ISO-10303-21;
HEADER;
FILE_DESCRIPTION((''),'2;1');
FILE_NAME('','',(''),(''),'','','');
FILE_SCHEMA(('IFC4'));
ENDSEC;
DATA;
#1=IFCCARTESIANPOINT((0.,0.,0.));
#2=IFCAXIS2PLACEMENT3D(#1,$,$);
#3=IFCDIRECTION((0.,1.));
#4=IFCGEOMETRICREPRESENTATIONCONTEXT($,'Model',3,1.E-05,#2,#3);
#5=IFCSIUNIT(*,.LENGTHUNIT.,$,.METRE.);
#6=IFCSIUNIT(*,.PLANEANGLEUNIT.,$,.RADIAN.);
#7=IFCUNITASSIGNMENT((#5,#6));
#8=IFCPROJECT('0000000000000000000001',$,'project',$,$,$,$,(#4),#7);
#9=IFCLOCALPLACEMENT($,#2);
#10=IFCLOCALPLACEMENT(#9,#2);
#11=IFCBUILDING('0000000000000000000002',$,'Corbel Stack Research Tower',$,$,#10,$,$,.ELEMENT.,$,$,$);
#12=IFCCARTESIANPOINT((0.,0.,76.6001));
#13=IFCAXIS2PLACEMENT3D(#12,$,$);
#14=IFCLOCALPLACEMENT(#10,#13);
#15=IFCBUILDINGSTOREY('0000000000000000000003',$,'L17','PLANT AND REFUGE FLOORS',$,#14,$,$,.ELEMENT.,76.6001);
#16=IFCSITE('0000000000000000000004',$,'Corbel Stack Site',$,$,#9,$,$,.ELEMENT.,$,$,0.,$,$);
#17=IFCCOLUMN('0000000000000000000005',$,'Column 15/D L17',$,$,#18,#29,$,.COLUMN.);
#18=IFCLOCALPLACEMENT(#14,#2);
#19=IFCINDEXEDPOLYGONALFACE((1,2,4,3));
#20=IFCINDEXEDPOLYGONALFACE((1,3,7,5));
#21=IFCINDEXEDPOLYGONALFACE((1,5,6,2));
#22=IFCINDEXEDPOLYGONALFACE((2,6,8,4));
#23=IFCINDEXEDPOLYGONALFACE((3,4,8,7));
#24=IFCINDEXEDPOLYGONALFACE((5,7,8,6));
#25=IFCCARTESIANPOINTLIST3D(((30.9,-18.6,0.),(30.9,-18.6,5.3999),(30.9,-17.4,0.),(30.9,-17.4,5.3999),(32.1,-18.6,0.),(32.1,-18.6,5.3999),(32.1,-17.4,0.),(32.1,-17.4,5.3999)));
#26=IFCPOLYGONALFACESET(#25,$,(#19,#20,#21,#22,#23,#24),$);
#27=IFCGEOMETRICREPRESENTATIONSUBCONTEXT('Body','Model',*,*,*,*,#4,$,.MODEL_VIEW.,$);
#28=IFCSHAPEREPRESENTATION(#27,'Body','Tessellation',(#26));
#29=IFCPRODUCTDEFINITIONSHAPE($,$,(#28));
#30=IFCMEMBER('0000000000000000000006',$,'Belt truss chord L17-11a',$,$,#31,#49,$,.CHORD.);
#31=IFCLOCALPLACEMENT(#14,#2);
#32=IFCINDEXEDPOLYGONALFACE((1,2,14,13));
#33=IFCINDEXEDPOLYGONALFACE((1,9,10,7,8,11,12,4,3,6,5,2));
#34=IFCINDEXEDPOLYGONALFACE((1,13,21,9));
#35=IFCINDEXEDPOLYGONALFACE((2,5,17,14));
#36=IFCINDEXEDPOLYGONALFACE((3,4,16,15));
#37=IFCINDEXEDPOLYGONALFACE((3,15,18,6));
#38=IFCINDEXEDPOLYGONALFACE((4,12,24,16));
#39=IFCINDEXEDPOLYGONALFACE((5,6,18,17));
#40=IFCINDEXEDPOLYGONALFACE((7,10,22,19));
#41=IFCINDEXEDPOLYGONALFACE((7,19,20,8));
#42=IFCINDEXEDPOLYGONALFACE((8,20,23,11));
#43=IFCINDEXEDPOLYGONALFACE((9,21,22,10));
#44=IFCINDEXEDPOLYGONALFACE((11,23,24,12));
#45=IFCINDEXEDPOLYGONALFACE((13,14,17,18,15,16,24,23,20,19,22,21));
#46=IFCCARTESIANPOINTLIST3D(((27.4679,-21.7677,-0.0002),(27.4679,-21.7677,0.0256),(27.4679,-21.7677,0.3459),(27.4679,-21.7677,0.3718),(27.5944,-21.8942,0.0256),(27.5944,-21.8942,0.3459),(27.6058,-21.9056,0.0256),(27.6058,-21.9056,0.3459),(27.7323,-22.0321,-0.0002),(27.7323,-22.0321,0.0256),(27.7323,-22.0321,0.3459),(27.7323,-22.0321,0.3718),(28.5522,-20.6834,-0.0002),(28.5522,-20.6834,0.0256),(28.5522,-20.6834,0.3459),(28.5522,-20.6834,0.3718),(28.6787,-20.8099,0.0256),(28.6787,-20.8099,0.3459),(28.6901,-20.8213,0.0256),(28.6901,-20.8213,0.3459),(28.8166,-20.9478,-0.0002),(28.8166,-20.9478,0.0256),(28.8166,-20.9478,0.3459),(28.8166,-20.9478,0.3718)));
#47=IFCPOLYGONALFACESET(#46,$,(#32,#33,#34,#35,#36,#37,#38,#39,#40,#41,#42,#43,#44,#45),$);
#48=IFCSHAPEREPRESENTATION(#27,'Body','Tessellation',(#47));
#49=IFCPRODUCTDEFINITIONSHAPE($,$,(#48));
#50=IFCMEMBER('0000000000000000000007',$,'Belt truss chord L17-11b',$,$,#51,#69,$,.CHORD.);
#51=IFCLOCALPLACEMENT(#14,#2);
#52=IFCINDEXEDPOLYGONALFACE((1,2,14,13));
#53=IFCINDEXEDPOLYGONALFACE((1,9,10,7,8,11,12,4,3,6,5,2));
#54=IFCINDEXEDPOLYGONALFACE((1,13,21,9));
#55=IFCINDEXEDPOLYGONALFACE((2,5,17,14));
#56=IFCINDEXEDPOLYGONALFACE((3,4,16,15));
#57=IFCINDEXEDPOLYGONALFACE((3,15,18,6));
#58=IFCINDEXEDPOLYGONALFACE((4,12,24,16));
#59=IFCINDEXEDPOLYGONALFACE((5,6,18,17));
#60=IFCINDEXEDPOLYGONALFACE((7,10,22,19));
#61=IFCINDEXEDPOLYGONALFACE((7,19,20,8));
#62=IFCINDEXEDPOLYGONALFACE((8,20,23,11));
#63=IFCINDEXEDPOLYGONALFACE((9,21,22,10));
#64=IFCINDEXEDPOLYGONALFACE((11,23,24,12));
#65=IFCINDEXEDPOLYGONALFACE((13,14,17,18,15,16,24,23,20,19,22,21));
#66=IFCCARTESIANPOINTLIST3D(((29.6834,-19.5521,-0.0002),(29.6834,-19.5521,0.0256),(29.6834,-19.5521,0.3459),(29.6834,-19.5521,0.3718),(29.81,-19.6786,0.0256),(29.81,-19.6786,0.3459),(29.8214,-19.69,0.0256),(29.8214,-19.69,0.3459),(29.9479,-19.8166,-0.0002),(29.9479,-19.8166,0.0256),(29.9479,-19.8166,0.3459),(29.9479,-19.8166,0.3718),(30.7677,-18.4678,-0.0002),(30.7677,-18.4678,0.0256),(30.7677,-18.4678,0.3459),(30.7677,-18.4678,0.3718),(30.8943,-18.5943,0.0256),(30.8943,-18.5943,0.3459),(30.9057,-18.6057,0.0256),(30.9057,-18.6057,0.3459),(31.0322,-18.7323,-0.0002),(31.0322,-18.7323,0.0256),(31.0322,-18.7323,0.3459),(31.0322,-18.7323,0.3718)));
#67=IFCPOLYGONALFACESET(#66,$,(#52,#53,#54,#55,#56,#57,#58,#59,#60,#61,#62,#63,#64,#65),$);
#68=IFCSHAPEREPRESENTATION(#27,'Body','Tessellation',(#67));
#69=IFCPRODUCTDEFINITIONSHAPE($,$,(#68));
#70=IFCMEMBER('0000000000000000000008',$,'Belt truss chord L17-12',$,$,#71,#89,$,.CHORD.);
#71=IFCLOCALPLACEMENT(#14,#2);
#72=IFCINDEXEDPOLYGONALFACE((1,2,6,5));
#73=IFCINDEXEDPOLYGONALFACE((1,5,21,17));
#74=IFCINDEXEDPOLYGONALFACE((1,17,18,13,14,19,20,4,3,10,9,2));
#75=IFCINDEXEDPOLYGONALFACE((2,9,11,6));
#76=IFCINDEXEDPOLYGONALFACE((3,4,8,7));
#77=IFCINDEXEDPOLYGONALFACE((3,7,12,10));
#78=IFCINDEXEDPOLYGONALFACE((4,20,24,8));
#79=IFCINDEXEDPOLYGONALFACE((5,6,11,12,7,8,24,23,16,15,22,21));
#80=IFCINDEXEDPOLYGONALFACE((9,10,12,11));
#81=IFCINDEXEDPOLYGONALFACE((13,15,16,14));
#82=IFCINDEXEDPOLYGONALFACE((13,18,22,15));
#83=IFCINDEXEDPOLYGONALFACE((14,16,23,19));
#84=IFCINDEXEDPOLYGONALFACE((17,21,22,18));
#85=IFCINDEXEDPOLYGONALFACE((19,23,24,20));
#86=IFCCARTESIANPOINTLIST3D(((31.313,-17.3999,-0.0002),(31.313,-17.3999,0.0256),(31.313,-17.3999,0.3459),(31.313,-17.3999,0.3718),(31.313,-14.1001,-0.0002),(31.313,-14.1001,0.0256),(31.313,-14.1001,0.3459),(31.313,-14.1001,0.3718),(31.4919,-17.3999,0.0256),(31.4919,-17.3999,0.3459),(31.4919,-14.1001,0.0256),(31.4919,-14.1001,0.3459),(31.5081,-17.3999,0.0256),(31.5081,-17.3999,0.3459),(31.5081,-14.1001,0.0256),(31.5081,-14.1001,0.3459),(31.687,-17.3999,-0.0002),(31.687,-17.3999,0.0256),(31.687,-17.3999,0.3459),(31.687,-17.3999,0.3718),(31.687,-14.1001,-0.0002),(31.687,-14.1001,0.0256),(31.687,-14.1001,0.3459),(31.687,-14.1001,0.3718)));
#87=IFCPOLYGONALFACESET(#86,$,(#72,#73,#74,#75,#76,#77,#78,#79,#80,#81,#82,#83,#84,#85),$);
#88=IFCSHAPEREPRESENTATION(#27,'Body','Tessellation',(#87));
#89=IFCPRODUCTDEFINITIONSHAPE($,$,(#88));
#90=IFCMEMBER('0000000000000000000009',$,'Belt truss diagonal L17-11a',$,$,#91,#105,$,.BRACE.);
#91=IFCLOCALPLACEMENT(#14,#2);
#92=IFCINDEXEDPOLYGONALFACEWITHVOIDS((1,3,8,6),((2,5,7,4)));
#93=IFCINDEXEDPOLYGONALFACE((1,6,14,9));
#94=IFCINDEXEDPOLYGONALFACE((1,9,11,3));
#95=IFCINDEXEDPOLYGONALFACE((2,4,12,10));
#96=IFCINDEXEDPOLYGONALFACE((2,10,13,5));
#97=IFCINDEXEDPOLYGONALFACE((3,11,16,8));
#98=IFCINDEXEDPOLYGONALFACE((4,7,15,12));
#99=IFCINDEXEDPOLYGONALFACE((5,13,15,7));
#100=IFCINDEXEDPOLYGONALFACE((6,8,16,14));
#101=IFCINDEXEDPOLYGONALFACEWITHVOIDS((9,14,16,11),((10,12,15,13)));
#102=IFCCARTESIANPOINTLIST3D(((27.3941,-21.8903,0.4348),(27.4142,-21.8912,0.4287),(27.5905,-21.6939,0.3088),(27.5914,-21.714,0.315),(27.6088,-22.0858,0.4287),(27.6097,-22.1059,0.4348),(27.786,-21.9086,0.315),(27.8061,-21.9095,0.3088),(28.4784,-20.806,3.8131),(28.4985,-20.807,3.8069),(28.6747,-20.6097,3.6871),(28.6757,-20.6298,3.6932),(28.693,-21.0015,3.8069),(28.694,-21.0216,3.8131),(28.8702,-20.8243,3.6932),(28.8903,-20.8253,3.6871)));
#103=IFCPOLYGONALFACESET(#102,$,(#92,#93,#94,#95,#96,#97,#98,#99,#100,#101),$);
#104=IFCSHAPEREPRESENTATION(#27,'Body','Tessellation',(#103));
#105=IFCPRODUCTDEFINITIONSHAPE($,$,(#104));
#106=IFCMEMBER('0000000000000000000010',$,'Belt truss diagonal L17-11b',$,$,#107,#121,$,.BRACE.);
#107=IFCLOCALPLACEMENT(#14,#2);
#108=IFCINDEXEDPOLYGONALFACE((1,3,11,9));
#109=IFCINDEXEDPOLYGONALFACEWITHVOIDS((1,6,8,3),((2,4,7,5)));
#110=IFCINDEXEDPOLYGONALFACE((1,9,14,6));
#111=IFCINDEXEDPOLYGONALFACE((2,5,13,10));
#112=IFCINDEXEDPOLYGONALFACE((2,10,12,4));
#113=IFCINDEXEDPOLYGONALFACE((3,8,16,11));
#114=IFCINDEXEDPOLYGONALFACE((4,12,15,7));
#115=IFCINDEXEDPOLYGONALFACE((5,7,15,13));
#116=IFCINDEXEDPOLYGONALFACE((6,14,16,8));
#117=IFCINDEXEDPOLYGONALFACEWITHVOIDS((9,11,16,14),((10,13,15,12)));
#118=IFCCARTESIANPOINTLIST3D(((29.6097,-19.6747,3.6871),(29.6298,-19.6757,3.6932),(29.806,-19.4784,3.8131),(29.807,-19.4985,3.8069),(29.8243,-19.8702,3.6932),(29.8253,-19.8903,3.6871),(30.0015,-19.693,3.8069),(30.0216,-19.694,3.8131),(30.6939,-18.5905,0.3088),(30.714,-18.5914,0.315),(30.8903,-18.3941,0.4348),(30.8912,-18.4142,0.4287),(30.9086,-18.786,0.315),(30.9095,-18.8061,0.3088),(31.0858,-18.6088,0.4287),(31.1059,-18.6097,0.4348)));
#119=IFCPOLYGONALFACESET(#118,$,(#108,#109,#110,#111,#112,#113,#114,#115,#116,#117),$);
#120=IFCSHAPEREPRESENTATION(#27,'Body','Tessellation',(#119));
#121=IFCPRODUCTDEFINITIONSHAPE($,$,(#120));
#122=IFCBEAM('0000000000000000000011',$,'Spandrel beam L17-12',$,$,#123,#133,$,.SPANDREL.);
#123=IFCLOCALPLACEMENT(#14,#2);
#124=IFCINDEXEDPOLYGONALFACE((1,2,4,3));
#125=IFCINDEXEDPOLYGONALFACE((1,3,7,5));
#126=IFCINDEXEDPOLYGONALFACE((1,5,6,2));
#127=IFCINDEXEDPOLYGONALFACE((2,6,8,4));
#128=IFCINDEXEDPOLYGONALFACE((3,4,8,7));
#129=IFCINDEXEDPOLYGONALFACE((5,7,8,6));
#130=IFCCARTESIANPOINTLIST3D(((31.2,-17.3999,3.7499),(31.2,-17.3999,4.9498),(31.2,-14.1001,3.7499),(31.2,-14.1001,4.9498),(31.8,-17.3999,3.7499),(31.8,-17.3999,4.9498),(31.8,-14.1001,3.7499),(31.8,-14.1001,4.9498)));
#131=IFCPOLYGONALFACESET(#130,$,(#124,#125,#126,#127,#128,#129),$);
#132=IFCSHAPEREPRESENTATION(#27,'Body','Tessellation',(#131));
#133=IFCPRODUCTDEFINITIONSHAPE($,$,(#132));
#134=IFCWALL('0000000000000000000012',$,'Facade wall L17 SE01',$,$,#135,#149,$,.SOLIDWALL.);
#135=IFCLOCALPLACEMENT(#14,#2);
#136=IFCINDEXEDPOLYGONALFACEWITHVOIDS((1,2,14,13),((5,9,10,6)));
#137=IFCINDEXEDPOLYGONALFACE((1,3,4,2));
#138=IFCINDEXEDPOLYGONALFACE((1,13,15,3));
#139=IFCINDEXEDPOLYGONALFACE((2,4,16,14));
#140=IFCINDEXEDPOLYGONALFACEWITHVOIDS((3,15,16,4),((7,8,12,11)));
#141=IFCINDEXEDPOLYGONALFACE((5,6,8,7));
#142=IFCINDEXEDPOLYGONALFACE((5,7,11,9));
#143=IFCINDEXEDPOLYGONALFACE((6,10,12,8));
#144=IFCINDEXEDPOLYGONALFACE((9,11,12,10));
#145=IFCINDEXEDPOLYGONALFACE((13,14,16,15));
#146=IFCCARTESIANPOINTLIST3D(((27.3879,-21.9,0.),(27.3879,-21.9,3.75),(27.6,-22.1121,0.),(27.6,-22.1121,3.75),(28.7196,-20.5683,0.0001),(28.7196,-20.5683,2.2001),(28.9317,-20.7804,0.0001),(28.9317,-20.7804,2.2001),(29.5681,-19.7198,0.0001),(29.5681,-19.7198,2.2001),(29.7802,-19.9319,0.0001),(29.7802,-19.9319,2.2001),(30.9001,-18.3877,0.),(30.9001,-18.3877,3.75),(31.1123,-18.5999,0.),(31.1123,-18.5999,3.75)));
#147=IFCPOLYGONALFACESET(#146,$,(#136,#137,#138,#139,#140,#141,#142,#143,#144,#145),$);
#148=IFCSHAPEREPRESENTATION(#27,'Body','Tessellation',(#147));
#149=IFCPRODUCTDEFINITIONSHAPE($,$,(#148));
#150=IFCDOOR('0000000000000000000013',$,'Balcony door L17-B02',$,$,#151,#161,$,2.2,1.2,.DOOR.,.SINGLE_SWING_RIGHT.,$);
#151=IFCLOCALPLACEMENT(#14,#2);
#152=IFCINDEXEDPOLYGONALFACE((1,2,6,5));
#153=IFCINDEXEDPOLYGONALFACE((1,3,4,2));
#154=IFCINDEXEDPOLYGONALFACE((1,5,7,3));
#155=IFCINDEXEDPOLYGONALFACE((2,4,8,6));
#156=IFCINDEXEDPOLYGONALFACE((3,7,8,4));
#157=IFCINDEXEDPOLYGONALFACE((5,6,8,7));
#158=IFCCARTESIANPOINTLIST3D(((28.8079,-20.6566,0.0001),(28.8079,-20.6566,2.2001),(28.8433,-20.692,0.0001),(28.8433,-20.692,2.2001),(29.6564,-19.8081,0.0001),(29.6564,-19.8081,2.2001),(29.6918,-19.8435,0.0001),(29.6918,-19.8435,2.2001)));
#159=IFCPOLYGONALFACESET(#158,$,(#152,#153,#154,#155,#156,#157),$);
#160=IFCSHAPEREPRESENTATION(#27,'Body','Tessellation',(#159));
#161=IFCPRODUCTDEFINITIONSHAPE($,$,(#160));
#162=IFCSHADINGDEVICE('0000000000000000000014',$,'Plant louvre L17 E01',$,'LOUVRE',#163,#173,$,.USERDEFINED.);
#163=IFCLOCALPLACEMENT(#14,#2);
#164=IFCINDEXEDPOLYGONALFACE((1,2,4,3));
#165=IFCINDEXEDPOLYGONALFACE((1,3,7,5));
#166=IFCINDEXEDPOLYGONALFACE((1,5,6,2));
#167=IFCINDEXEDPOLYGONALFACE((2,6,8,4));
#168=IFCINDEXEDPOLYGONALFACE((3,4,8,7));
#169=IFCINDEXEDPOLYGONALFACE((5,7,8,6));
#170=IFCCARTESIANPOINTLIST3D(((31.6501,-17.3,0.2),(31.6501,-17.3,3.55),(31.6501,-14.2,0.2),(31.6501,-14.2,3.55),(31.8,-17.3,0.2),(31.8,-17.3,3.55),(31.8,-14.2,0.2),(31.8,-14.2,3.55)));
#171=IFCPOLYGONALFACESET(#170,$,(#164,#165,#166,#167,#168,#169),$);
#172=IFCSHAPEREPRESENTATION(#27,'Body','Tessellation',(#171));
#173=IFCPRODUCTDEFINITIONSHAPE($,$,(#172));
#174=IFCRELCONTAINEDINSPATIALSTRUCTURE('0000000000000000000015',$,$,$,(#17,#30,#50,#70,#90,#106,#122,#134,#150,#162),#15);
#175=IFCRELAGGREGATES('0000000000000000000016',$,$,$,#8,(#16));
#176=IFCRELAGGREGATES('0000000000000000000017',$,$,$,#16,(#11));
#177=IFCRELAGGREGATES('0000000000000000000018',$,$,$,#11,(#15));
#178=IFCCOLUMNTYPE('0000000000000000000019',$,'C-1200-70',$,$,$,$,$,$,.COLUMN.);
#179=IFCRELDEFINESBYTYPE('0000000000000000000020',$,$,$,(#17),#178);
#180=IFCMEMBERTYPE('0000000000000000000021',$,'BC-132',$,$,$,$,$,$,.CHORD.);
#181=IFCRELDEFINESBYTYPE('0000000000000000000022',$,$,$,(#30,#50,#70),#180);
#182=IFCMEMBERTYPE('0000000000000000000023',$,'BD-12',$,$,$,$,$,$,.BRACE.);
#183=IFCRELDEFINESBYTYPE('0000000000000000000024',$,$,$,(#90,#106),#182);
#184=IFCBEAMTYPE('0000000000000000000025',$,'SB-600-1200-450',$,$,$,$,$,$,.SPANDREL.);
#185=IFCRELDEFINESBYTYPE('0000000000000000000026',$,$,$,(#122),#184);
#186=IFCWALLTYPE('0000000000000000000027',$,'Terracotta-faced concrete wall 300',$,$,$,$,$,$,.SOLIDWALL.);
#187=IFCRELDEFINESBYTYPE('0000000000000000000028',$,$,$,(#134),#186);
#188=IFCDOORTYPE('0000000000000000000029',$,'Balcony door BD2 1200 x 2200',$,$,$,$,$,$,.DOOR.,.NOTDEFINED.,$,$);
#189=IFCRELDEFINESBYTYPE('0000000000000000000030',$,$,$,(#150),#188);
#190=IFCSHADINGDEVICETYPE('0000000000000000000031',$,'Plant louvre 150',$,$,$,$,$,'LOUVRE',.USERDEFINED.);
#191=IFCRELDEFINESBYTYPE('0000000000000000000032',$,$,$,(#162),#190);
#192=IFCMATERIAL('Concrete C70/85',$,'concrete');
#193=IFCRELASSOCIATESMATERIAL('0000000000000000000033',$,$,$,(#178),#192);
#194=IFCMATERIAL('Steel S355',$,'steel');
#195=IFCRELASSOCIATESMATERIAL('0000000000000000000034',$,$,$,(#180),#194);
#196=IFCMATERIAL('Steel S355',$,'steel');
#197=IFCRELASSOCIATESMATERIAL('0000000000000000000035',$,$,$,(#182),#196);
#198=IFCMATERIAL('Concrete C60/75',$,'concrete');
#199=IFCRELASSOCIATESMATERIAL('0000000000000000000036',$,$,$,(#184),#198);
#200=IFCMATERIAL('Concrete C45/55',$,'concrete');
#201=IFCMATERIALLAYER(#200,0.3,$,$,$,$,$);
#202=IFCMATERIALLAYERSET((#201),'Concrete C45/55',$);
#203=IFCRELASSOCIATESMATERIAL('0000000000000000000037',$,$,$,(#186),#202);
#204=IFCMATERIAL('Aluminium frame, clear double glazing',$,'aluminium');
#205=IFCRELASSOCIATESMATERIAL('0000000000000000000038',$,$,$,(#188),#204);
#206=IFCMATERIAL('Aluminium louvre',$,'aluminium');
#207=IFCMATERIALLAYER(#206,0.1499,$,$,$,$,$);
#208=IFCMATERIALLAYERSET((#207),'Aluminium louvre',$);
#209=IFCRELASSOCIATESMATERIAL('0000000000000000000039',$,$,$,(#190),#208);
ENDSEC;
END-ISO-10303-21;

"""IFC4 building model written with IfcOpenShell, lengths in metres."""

from ifc_helpers import new_model, si_unit, direction, frame, frame_2d, origin, origin_2d, place, context, subcontext, project, spatial, rectangle, hollow_rectangle, i_section, extrude, material, layer, layer_set, material_profile, profile_set, type_object, element, fill, save


model = new_model("IFC4")

# Units and contexts
model_context = context("Model", 3, precision=1e-05, world=origin(), true_north=direction((0.0, 1.0)))
body_context = subcontext(model_context, "Body", "Model", "MODEL_VIEW")
ifc_project = project(units=[si_unit("LENGTHUNIT", "METRE"), si_unit("PLANEANGLEUNIT", "RADIAN")], contexts=[model_context])

# Site, building, storey
site_placement = place(None, origin())
site = spatial("IfcSite", under=ifc_project, at=site_placement, Name="Corbel Stack Site", CompositionType="ELEMENT", RefElevation=0.0)
building_placement = place(site_placement, origin())
building = spatial("IfcBuilding", under=site, at=building_placement, Name="Corbel Stack Research Tower", CompositionType="ELEMENT")
storey_placement = place(building_placement, frame((0.0, 0.0, 76.6001)))
storey = spatial("IfcBuildingStorey", under=building, at=storey_placement, Name="L17", Description="PLANT AND REFUGE FLOORS", CompositionType="ELEMENT", Elevation=76.6001)

# Column
ifc_material_1 = material(Name="Concrete C70/85", Category="concrete")
ifc_material_profile_1 = material_profile(ifc_material_1, rectangle(XDim=1.2, YDim=1.2, at=origin_2d()), Name="RC 1200 x 1200")
ifc_profile_set_1 = profile_set([ifc_material_profile_1], Name="Concrete C70/85")
column_type = type_object("IfcColumnType", Name="C-1200-70", PredefinedType="COLUMN", material=ifc_profile_set_1)
column_placement = place(storey_placement, frame((31.5, -18.0, 0.0), z_axis=(0.0, 0.0, 1.0), x_axis=(1.0, 0.0, 0.0)))
element("IfcColumn", 1, at=column_placement, inside=storey, type_object=column_type, Name="Column 15/D L17", PredefinedType="COLUMN", context=body_context, shape_type="SweptSolid", body=[
    extrude(rectangle(XDim=1.2, YDim=1.2, at=origin_2d()), origin(), (0.0, 0.0, 1.0), 5.3999),
])

# Members
ifc_material_2 = material(Name="Steel S355", Category="steel")
ifc_material_profile_2 = material_profile(ifc_material_2, i_section(OverallWidth=0.374, OverallDepth=0.3721, WebThickness=0.0161, FlangeThickness=0.0259, at=origin_2d()), Name="W14x132")
ifc_profile_set_2 = profile_set([ifc_material_profile_2], Name="Steel S355")
member_type_1 = type_object("IfcMemberType", Name="BC-132", PredefinedType="CHORD", material=ifc_profile_set_2)
for number, where, z_axis, x_axis, name in (
    (2, (27.6001, -21.8999, 0.1858), (0.707107, 0.707107, 0.0), (-0.707107, 0.707107, 0.0), "Belt truss chord L17-11a"),
    (3, (29.8157, -19.6843, 0.1858), (0.707107, 0.707107, 0.0), (-0.707107, 0.707107, 0.0), "Belt truss chord L17-11b"),
):
    element("IfcMember", number, at=place(storey_placement, frame(where, z_axis=z_axis, x_axis=x_axis)), inside=storey, type_object=member_type_1, Name=name, PredefinedType="CHORD", context=body_context, shape_type="SweptSolid", body=[
        extrude(i_section(OverallWidth=0.374, OverallDepth=0.3721, WebThickness=0.0161, FlangeThickness=0.0259, at=origin_2d()), origin(), (0.0, 0.0, 1.0), 1.5334),
    ])
member_placement = place(storey_placement, frame((31.5, -17.3999, 0.1858), z_axis=(0.0, 1.0, 0.0), x_axis=(-1.0, 0.0, 0.0)))
element("IfcMember", 4, at=member_placement, inside=storey, type_object=member_type_1, Name="Belt truss chord L17-12", PredefinedType="CHORD", context=body_context, shape_type="SweptSolid", body=[
    extrude(i_section(OverallWidth=0.374, OverallDepth=0.3721, WebThickness=0.0161, FlangeThickness=0.0259, at=origin_2d()), origin(), (0.0, 0.0, 1.0), 3.2998),
])
ifc_material_3 = material(Name="Steel S355", Category="steel")
ifc_material_profile_3 = material_profile(ifc_material_3, hollow_rectangle(XDim=0.3049, YDim=0.3049, WallThickness=0.0149, at=origin_2d()), Name="HSS12x12x5/8")
ifc_profile_set_3 = profile_set([ifc_material_profile_3], Name="Steel S355")
member_type_2 = type_object("IfcMemberType", Name="BD-12", PredefinedType="BRACE", material=ifc_profile_set_3)
for number, where, z_axis, x_axis, name in (
    (5, (27.6001, -21.8999, 0.3718), (0.292255, 0.292255, 0.91059), (-0.707107, 0.707107, 0.0), "Belt truss diagonal L17-11a"),
    (6, (30.8999, -18.6001, 0.3718), (-0.292255, -0.292255, 0.91059), (0.707107, -0.707107, 0.0), "Belt truss diagonal L17-11b"),
):
    element("IfcMember", number, at=place(storey_placement, frame(where, z_axis=z_axis, x_axis=x_axis)), inside=storey, type_object=member_type_2, Name=name, PredefinedType="BRACE", context=body_context, shape_type="SweptSolid", body=[
        extrude(hollow_rectangle(XDim=0.3049, YDim=0.3049, WallThickness=0.0149, at=origin_2d()), origin(), (0.0, 0.0, 1.0), 3.71),
    ])

# Beam
ifc_material_4 = material(Name="Concrete C60/75", Category="concrete")
ifc_material_profile_4 = material_profile(ifc_material_4, rectangle(XDim=0.6001, YDim=1.2, at=origin_2d()), Name="RC 600 x 1200")
ifc_profile_set_4 = profile_set([ifc_material_profile_4], Name="Concrete C60/75")
beam_type = type_object("IfcBeamType", Name="SB-600-1200-450", PredefinedType="SPANDREL", material=ifc_profile_set_4)
beam_placement = place(storey_placement, frame((31.5, -17.3999, 4.3499), z_axis=(0.0, 1.0, 0.0), x_axis=(-1.0, 0.0, 0.0)))
element("IfcBeam", 7, at=beam_placement, inside=storey, type_object=beam_type, Name="Spandrel beam L17-12", PredefinedType="SPANDREL", context=body_context, shape_type="SweptSolid", body=[
    extrude(rectangle(XDim=0.6001, YDim=1.2, at=origin_2d()), origin(), (0.0, 0.0, 1.0), 3.2998),
])

# Wall, opening, door
ifc_material_5 = material(Name="Concrete C45/55", Category="concrete")
ifc_layer_1 = layer(ifc_material_5, 0.3)
ifc_layer_set_1 = layer_set([ifc_layer_1], Name="Concrete C45/55")
wall_type = type_object("IfcWallType", Name="Terracotta-faced concrete wall 300", PredefinedType="SOLIDWALL", material=ifc_layer_set_1)
wall_placement = place(storey_placement, frame((31.0061, -18.4939, 0.0), z_axis=(0.0, 0.0, 1.0), x_axis=(-0.707107, -0.707107, 0.0)))
wall = element("IfcWall", 8, at=wall_placement, inside=storey, type_object=wall_type, Name="Facade wall L17 SE01", PredefinedType="SOLIDWALL", context=body_context, shape_type="SweptSolid", body=[
    extrude(rectangle(XDim=4.967, YDim=0.3, at=frame_2d((2.4834, 0.0))), origin(), (0.0, 0.0, 1.0), 3.75),
])
opening_placement = place(wall_placement, frame((1.8835, 0.0, 0.0)))
opening = element("IfcOpeningElement", 9, at=opening_placement, cuts=wall, PredefinedType="OPENING", context=body_context, shape_type="SweptSolid", body=[
    extrude(rectangle(XDim=1.2, YDim=2.2, at=frame_2d((0.6001, 1.1001))), frame((0.0, 0.1599, 0.0), z_axis=(0.0, -1.0, 0.0), x_axis=(1.0, 0.0, 0.0)), (0.0, 0.0, 1.0), 0.3201),
])
ifc_material_6 = material(Name="Aluminium frame, clear double glazing", Category="aluminium")
door_type = type_object("IfcDoorType", Name="Balcony door BD2 1200 x 2200", OperationType="NOTDEFINED", PredefinedType="DOOR", material=ifc_material_6)
door_placement = place(opening_placement, origin())
door = element("IfcDoor", 10, at=door_placement, inside=storey, type_object=door_type, Name="Balcony door L17-B02", OperationType="SINGLE_SWING_RIGHT", OverallHeight=2.2, OverallWidth=1.2, PredefinedType="DOOR", context=body_context, shape_type="SweptSolid", body=[
    extrude(rectangle(XDim=1.2, YDim=2.2, at=frame_2d((0.6001, 1.1001))), frame((0.0, 0.0249, 0.0), z_axis=(0.0, -1.0, 0.0), x_axis=(1.0, 0.0, 0.0)), (0.0, 0.0, 1.0), 0.05),
])
fill(opening, door)

# Shading device
ifc_material_7 = material(Name="Aluminium louvre", Category="aluminium")
ifc_layer_2 = layer(ifc_material_7, 0.1499)
ifc_layer_set_2 = layer_set([ifc_layer_2], Name="Aluminium louvre")
shading_device_type = type_object("IfcShadingDeviceType", Name="Plant louvre 150", ElementType="LOUVRE", PredefinedType="USERDEFINED", material=ifc_layer_set_2)
shading_device_placement = place(storey_placement, frame((31.7251, -15.75, 0.2), z_axis=(0.0, 0.0, 1.0), x_axis=(0.0, 1.0, 0.0)))
element("IfcShadingDevice", 11, at=shading_device_placement, inside=storey, type_object=shading_device_type, Name="Plant louvre L17 E01", ObjectType="LOUVRE", PredefinedType="USERDEFINED", context=body_context, shape_type="SweptSolid", body=[
    extrude(rectangle(XDim=3.1001, YDim=0.1499, at=origin_2d()), origin(), (0.0, 0.0, 1.0), 3.3501),
])

save(model, "model.ifc")
